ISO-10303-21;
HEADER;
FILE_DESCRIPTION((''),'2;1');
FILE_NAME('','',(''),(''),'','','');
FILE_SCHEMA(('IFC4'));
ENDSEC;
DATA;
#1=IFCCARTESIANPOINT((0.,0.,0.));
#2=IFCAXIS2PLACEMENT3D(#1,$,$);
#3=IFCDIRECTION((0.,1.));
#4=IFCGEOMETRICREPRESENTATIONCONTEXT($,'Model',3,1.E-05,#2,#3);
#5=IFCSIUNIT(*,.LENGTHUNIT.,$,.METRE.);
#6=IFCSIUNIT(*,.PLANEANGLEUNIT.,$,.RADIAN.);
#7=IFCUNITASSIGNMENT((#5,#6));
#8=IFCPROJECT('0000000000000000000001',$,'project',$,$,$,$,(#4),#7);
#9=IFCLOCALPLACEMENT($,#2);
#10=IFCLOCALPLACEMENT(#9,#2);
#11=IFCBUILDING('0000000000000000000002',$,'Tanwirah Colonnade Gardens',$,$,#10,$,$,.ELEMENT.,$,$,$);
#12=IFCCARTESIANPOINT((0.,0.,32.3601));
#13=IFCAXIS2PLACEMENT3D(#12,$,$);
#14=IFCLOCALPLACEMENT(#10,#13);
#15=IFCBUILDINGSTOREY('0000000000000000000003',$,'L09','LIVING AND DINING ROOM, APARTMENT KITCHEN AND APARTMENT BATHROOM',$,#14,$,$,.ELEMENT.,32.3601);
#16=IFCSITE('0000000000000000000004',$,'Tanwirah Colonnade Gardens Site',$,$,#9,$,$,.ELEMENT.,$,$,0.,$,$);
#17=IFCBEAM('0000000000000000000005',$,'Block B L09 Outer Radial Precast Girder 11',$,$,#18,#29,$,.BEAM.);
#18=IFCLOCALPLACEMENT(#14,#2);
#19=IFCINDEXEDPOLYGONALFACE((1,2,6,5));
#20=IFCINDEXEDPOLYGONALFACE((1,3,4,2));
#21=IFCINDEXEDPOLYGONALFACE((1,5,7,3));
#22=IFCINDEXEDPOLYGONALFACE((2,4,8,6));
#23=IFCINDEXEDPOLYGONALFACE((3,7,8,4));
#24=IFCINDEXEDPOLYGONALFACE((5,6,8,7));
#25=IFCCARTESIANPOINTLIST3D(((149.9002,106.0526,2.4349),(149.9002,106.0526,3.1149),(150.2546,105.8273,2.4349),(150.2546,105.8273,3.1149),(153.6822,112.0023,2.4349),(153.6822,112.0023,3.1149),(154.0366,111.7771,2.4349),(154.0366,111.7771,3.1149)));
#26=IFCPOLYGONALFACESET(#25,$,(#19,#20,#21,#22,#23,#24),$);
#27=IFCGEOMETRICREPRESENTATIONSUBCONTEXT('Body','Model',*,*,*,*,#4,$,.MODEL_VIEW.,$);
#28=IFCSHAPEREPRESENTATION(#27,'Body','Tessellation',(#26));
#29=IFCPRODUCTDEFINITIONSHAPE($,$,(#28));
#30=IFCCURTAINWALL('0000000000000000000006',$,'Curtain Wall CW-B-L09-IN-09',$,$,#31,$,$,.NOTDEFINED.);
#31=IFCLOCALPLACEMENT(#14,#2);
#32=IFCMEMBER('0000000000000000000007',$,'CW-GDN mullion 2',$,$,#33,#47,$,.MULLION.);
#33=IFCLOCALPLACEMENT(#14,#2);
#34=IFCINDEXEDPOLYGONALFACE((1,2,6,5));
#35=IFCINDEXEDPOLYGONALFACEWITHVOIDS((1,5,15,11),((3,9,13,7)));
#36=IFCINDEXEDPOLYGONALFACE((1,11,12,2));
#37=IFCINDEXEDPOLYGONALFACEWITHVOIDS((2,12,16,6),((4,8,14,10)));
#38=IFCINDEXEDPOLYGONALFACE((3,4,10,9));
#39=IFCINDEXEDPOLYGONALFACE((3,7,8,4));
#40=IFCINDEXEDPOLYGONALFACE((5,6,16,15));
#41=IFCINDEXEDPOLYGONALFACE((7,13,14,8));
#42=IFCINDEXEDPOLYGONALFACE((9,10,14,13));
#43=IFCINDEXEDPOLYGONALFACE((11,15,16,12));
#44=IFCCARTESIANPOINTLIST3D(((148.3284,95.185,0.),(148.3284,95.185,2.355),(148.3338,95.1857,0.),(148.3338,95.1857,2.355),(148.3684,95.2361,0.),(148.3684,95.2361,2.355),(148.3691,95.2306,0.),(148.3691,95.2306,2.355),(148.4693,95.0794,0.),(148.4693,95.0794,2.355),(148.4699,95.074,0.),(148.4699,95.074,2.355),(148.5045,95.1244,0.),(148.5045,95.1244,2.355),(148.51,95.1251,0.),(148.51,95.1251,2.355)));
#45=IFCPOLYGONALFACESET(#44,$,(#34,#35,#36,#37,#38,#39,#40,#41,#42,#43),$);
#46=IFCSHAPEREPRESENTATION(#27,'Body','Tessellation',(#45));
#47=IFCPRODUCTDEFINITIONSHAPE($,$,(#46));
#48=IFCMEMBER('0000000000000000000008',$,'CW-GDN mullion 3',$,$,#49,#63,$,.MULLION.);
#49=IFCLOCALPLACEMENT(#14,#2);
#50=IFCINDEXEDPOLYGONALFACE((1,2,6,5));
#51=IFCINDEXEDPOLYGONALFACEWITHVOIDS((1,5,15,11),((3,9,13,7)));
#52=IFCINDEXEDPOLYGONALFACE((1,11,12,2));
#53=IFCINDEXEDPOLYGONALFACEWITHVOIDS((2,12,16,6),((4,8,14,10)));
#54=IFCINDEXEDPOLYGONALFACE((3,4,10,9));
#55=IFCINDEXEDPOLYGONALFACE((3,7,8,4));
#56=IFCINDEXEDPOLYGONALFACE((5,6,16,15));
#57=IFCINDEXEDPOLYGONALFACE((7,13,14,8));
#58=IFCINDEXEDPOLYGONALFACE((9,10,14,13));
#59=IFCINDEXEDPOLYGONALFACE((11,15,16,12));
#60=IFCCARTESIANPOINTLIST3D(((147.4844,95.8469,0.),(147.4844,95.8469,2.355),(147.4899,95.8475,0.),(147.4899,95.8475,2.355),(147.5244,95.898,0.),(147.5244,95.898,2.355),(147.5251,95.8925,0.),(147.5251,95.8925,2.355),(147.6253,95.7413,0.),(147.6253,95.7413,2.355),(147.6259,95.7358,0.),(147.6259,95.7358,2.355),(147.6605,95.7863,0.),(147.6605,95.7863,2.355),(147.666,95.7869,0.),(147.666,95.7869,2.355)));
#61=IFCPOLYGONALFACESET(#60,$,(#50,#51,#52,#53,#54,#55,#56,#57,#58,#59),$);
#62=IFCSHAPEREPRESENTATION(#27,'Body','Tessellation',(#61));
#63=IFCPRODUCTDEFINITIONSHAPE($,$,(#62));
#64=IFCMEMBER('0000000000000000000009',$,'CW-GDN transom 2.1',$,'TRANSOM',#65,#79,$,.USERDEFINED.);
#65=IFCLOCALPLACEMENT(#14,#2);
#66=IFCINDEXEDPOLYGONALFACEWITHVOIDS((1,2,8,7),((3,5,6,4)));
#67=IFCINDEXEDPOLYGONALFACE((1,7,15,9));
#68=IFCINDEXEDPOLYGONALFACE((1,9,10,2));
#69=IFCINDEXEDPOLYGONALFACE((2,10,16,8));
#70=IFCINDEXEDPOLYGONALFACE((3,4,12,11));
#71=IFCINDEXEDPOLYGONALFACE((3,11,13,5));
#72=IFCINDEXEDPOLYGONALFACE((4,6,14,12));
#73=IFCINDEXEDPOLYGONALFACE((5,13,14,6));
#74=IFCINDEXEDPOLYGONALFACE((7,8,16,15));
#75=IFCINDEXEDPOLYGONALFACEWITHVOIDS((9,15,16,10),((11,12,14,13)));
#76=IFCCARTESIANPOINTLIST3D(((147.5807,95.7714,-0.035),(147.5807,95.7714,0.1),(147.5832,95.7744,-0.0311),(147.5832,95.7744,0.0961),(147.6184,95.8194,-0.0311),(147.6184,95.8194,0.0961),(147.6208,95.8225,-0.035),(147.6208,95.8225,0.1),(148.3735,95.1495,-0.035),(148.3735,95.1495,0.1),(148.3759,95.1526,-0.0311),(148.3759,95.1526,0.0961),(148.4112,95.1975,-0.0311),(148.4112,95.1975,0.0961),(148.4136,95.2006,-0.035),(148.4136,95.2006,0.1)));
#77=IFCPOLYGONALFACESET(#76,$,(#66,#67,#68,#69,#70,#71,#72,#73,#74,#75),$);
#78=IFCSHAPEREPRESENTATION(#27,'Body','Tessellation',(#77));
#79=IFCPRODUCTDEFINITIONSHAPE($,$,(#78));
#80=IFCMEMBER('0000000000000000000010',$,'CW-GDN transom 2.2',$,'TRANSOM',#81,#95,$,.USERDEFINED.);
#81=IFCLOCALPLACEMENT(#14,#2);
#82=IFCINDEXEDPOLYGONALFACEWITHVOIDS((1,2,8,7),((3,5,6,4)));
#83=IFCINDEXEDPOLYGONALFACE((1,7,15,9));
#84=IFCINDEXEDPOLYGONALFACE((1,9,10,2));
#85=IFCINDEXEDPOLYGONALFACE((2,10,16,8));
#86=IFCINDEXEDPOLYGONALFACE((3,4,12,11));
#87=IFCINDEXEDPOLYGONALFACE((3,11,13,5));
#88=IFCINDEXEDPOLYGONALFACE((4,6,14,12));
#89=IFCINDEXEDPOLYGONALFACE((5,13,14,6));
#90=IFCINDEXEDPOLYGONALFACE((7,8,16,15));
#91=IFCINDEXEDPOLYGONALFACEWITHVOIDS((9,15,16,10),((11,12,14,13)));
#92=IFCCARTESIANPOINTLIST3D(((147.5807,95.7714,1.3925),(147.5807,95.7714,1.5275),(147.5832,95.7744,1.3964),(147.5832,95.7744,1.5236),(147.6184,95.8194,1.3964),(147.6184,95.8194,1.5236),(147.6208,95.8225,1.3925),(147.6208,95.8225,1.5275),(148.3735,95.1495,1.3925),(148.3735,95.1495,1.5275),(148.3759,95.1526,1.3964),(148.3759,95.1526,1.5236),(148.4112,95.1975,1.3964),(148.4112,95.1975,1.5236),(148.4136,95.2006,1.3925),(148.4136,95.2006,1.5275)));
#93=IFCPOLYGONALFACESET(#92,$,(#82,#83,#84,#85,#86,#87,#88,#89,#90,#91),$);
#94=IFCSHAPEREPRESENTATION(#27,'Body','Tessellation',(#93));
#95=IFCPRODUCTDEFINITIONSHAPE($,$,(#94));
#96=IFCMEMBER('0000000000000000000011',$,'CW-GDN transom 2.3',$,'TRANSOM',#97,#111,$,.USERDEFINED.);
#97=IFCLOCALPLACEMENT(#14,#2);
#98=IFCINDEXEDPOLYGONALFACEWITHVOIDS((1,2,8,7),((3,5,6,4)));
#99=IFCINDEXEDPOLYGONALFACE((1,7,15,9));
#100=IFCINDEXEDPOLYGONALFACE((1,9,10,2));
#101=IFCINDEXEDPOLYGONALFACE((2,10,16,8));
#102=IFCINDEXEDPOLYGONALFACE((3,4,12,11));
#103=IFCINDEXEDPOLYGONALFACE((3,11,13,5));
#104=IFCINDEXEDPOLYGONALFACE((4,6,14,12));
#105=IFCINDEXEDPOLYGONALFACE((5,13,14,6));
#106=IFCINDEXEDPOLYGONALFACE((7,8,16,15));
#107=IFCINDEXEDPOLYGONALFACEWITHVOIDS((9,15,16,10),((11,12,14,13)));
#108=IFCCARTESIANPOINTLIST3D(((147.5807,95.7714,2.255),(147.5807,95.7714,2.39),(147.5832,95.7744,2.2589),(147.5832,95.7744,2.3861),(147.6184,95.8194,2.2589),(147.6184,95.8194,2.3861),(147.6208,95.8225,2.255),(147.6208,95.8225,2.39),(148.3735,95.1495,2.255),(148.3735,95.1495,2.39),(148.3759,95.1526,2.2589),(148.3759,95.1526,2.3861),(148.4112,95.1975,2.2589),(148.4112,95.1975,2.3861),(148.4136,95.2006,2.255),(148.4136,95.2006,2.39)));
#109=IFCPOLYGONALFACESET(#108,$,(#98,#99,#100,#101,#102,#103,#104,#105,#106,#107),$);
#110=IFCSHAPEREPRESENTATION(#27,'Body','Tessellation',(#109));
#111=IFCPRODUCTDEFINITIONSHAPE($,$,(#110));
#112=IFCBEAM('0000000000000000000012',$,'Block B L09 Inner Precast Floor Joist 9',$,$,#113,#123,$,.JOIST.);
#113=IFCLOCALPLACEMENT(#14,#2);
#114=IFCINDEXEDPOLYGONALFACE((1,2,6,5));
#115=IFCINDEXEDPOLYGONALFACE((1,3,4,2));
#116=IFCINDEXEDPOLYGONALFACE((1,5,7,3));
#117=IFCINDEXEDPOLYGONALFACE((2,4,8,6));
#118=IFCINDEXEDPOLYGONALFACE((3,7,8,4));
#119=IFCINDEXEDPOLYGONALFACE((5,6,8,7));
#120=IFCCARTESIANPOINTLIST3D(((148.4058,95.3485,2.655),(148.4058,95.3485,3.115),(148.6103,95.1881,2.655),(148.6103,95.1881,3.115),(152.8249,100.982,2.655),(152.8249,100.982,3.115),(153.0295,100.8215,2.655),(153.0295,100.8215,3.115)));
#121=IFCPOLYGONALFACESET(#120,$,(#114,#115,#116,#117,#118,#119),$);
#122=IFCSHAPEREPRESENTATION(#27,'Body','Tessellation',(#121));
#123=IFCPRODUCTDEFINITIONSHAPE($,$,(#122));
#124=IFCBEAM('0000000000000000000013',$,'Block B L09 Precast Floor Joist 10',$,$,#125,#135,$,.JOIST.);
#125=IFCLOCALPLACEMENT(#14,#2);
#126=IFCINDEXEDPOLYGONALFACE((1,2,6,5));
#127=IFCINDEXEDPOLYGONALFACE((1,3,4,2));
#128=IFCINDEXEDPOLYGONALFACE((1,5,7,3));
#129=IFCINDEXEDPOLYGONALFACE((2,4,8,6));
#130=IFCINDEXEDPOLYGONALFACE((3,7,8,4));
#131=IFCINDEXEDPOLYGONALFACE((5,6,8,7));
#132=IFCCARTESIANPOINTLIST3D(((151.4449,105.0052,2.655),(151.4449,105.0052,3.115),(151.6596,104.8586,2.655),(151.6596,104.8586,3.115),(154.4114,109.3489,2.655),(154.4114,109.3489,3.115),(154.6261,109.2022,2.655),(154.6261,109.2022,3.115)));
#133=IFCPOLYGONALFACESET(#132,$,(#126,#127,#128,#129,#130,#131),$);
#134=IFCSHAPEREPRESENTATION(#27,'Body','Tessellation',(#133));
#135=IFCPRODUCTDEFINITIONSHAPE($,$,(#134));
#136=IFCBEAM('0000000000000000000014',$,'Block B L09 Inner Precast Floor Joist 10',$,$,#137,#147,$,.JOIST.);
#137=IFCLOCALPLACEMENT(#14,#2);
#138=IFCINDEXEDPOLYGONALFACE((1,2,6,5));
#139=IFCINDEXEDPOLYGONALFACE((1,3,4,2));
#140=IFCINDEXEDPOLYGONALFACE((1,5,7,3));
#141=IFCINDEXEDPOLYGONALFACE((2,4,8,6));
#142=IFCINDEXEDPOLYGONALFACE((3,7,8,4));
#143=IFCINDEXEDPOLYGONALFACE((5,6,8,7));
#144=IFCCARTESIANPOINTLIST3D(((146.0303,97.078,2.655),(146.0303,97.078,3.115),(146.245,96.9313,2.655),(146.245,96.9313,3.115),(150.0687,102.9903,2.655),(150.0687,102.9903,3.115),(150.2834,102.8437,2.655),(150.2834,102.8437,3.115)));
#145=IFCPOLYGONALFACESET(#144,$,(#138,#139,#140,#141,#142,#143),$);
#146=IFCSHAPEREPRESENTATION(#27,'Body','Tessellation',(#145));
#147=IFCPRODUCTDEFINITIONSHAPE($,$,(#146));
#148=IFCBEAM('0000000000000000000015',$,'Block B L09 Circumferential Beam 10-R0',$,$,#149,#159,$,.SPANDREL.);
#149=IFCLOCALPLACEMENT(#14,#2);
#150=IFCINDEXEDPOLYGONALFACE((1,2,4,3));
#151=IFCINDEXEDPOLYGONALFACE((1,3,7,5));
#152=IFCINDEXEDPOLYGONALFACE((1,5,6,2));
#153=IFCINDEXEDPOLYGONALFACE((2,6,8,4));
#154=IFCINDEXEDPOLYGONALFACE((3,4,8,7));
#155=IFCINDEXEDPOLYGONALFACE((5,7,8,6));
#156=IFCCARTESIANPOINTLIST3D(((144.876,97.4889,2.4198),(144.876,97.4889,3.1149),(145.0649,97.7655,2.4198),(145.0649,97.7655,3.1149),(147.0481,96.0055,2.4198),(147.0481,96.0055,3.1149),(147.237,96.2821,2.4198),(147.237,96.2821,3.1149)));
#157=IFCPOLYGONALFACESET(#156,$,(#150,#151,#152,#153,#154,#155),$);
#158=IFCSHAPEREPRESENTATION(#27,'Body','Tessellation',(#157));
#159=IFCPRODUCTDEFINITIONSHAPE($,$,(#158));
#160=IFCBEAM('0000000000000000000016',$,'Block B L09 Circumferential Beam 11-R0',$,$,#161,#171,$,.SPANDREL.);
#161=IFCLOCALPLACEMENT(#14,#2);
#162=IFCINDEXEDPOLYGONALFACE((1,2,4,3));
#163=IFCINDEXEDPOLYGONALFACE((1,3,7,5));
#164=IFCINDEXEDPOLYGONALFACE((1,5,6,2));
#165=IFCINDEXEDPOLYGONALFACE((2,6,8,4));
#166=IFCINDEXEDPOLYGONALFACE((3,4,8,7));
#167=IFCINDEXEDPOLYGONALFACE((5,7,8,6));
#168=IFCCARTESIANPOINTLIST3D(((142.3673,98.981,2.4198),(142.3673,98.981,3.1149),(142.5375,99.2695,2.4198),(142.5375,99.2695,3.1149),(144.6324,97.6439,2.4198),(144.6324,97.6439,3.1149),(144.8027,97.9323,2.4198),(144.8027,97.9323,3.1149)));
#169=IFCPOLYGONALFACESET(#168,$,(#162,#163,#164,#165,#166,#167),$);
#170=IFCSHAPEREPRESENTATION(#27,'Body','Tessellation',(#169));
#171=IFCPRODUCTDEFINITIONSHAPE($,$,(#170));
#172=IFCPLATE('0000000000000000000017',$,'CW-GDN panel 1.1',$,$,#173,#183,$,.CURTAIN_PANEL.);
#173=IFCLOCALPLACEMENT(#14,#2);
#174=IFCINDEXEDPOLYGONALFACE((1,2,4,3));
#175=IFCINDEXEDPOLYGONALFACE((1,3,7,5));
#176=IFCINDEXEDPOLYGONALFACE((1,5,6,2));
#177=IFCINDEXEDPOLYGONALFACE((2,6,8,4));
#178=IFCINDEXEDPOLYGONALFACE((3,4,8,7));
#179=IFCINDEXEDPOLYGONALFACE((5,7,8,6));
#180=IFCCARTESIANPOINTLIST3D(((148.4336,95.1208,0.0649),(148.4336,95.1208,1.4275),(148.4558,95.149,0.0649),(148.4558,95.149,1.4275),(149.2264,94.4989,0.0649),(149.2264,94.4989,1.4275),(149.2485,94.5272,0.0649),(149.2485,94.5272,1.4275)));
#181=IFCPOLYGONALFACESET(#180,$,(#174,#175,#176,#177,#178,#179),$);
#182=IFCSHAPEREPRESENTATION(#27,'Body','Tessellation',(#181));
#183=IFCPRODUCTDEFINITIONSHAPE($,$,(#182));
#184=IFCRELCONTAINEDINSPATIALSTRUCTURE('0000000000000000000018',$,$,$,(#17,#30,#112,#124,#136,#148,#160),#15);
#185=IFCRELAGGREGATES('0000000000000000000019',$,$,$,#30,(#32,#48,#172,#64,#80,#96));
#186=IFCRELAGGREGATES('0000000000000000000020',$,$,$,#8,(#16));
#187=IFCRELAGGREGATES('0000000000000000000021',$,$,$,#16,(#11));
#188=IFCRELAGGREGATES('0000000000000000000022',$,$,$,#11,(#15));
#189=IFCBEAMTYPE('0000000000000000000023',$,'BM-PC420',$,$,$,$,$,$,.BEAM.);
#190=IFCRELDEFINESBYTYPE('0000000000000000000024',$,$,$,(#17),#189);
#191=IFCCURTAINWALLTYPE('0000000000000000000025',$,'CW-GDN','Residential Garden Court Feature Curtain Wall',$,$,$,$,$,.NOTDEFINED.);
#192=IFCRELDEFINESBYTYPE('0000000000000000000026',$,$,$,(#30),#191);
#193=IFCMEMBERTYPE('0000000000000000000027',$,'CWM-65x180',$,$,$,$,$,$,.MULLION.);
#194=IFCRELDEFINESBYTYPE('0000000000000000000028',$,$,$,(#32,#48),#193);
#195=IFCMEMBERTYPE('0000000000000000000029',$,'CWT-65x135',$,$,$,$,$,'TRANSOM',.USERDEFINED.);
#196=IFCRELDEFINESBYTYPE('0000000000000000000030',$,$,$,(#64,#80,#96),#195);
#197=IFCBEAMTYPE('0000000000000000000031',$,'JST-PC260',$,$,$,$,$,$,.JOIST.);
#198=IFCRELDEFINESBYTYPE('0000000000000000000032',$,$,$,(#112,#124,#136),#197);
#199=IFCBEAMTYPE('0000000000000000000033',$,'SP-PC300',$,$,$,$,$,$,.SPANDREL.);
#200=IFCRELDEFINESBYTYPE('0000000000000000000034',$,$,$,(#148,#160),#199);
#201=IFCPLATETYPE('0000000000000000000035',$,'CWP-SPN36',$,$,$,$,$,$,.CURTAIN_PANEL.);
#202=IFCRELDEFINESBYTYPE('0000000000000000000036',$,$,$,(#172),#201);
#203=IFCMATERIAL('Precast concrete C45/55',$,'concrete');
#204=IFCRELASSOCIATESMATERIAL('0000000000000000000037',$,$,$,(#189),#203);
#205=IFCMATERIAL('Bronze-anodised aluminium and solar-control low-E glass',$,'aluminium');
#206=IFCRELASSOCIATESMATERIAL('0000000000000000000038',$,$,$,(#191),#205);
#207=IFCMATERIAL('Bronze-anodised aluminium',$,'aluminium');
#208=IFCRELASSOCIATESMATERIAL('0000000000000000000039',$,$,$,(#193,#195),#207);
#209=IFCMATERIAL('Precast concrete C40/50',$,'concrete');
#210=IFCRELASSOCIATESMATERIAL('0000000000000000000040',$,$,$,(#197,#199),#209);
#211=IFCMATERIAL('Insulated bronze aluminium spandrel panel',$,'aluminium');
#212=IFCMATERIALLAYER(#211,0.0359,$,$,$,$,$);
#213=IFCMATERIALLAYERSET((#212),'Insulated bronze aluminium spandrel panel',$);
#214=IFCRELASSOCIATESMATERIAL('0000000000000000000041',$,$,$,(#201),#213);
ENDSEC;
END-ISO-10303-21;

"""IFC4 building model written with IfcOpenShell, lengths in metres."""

from ifc_helpers import new_model, si_unit, direction, frame, origin, origin_2d, place, context, subcontext, project, spatial, rectangle, hollow_rectangle, extrude, material, layer, layer_set, material_profile, profile_set, type_object, element, aggregate, save


model = new_model("IFC4")

# Units and contexts
model_context = context("Model", 3, precision=1e-05, world=origin(), true_north=direction((0.0, 1.0)))
body_context = subcontext(model_context, "Body", "Model", "MODEL_VIEW")
ifc_project = project(units=[si_unit("LENGTHUNIT", "METRE"), si_unit("PLANEANGLEUNIT", "RADIAN")], contexts=[model_context])

# Site, building, storey
site_placement = place(None, origin())
site = spatial("IfcSite", under=ifc_project, at=site_placement, Name="Tanwirah Colonnade Gardens Site", CompositionType="ELEMENT", RefElevation=0.0)
building_placement = place(site_placement, origin())
building = spatial("IfcBuilding", under=site, at=building_placement, Name="Tanwirah Colonnade Gardens", CompositionType="ELEMENT")
storey_placement = place(building_placement, frame((0.0, 0.0, 32.3601)))
storey = spatial("IfcBuildingStorey", under=building, at=storey_placement, Name="L09", Description="LIVING AND DINING ROOM, APARTMENT KITCHEN AND APARTMENT BATHROOM", CompositionType="ELEMENT", Elevation=32.3601)

# Shared definitions
ifc_material_1 = material(Name="Precast concrete C40/50", Category="concrete")

# Beam
ifc_material_2 = material(Name="Precast concrete C45/55", Category="concrete")
ifc_material_profile_1 = material_profile(ifc_material_2, rectangle(XDim=0.4199, YDim=0.6799, at=origin_2d()), Name="PC-BM 420x680")
ifc_profile_set_1 = profile_set([ifc_material_profile_1], Name="Precast concrete C45/55")
beam_type_1 = type_object("IfcBeamType", Name="BM-PC420", PredefinedType="BEAM", material=ifc_profile_set_1)
beam_1_placement = place(storey_placement, frame((150.0774, 105.9399, 2.7749), z_axis=(0.536452, 0.843931, 0.0), x_axis=(-0.843931, 0.536452, 0.0)))
element("IfcBeam", 1, at=beam_1_placement, inside=storey, type_object=beam_type_1, Name="Block B L09 Outer Radial Precast Girder 11", PredefinedType="BEAM", context=body_context, shape_type="SweptSolid", body=[
    extrude(rectangle(XDim=0.4199, YDim=0.6799, at=origin_2d()), origin(), (0.0, 0.0, 1.0), 7.05),
])

# Curtain wall, members
ifc_material_3 = material(Name="Bronze-anodised aluminium and solar-control low-E glass", Category="aluminium")
curtain_wall_type = type_object("IfcCurtainWallType", Name="CW-GDN", Description="Residential Garden Court Feature Curtain Wall", PredefinedType="NOTDEFINED", material=ifc_material_3)
curtain_wall_placement = place(storey_placement, origin())
curtain_wall = element("IfcCurtainWall", 2, at=curtain_wall_placement, inside=storey, type_object=curtain_wall_type, Name="Curtain Wall CW-B-L09-IN-09", PredefinedType="NOTDEFINED")
ifc_material_4 = material(Name="Bronze-anodised aluminium", Category="aluminium")
ifc_material_profile_2 = material_profile(ifc_material_4, hollow_rectangle(XDim=0.0649, YDim=0.1799, WallThickness=0.0039, at=origin_2d()), Name="CW-MUL 65x180x4")
ifc_profile_set_2 = profile_set([ifc_material_profile_2], Name="Bronze-anodised aluminium")
member_type_1 = type_object("IfcMemberType", Name="CWM-65x180", PredefinedType="MULLION", material=ifc_profile_set_2)
member_1_placement = place(storey_placement, frame((148.4192, 95.155, 0.0), z_axis=(0.0, 0.0, 1.0), x_axis=(-0.617189, -0.786815, 0.0)))
member_1 = element("IfcMember", 3, at=member_1_placement, type_object=member_type_1, Name="CW-GDN mullion 2", PredefinedType="MULLION", context=body_context, shape_type="SweptSolid", body=[
    extrude(hollow_rectangle(XDim=0.0649, YDim=0.1799, WallThickness=0.0039, at=origin_2d()), origin(), (0.0, 0.0, 1.0), 2.355),
])
member_2_placement = place(storey_placement, frame((147.5752, 95.8169, 0.0), z_axis=(0.0, 0.0, 1.0), x_axis=(-0.617189, -0.786815, 0.0)))
member_2 = element("IfcMember", 4, at=member_2_placement, type_object=member_type_1, Name="CW-GDN mullion 3", PredefinedType="MULLION", context=body_context, shape_type="SweptSolid", body=[
    extrude(hollow_rectangle(XDim=0.0649, YDim=0.1799, WallThickness=0.0039, at=origin_2d()), origin(), (0.0, 0.0, 1.0), 2.355),
])
ifc_material_profile_3 = material_profile(ifc_material_4, hollow_rectangle(XDim=0.0649, YDim=0.135, WallThickness=0.0039, at=origin_2d()), Name="CW-TRN 65x135x4")
ifc_profile_set_3 = profile_set([ifc_material_profile_3], Name="Bronze-anodised aluminium")
member_type_2 = type_object("IfcMemberType", Name="CWT-65x135", ElementType="TRANSOM", PredefinedType="USERDEFINED", material=ifc_profile_set_3)
member_3_placement = place(storey_placement, frame((148.3936, 95.175, 0.0325), z_axis=(-0.786814, 0.61719, 0.0), x_axis=(-0.61719, -0.786814, 0.0)))
member_3 = element("IfcMember", 5, at=member_3_placement, type_object=member_type_2, Name="CW-GDN transom 2.1", ObjectType="TRANSOM", PredefinedType="USERDEFINED", context=body_context, shape_type="SweptSolid", body=[
    extrude(hollow_rectangle(XDim=0.0649, YDim=0.135, WallThickness=0.0039, at=origin_2d()), origin(), (0.0, 0.0, 1.0), 1.0076),
])
member_4_placement = place(storey_placement, frame((148.3936, 95.175, 1.46), z_axis=(-0.786814, 0.61719, 0.0), x_axis=(-0.61719, -0.786814, 0.0)))
member_4 = element("IfcMember", 6, at=member_4_placement, type_object=member_type_2, Name="CW-GDN transom 2.2", ObjectType="TRANSOM", PredefinedType="USERDEFINED", context=body_context, shape_type="SweptSolid", body=[
    extrude(hollow_rectangle(XDim=0.0649, YDim=0.135, WallThickness=0.0039, at=origin_2d()), origin(), (0.0, 0.0, 1.0), 1.0076),
])
member_5_placement = place(storey_placement, frame((148.3936, 95.175, 2.3225), z_axis=(-0.786814, 0.61719, 0.0), x_axis=(-0.61719, -0.786814, 0.0)))
member_5 = element("IfcMember", 7, at=member_5_placement, type_object=member_type_2, Name="CW-GDN transom 2.3", ObjectType="TRANSOM", PredefinedType="USERDEFINED", context=body_context, shape_type="SweptSolid", body=[
    extrude(hollow_rectangle(XDim=0.0649, YDim=0.135, WallThickness=0.0039, at=origin_2d()), origin(), (0.0, 0.0, 1.0), 1.0076),
])

# Beams
ifc_material_profile_4 = material_profile(ifc_material_1, rectangle(XDim=0.26, YDim=0.46, at=origin_2d()), Name="PC-JST 260x460")
ifc_profile_set_4 = profile_set([ifc_material_profile_4], Name="Precast concrete C40/50")
beam_type_2 = type_object("IfcBeamType", Name="JST-PC260", PredefinedType="JOIST", material=ifc_profile_set_4)
beam_2_placement = place(storey_placement, frame((148.5081, 95.2683, 2.885), z_axis=(0.617202, 0.786804, 0.0), x_axis=(-0.786804, 0.617202, 0.0)))
element("IfcBeam", 8, at=beam_2_placement, inside=storey, type_object=beam_type_2, Name="Block B L09 Inner Precast Floor Joist 9", PredefinedType="JOIST", context=body_context, shape_type="SweptSolid", body=[
    extrude(rectangle(XDim=0.26, YDim=0.46, at=origin_2d()), origin(), (0.0, 0.0, 1.0), 7.1599),
])
beam_3_placement = place(storey_placement, frame((151.5522, 104.9319, 2.885), z_axis=(0.563973, 0.825793, 0.0), x_axis=(-0.825793, 0.563973, 0.0)))
element("IfcBeam", 9, at=beam_3_placement, inside=storey, type_object=beam_type_2, Name="Block B L09 Precast Floor Joist 10", PredefinedType="JOIST", context=body_context, shape_type="SweptSolid", body=[
    extrude(rectangle(XDim=0.26, YDim=0.46, at=origin_2d()), origin(), (0.0, 0.0, 1.0), 5.26),
])
beam_4_placement = place(storey_placement, frame((146.1377, 97.0046, 2.885), z_axis=(0.564021, 0.82576, 0.0), x_axis=(-0.82576, 0.564021, 0.0)))
element("IfcBeam", 10, at=beam_4_placement, inside=storey, type_object=beam_type_2, Name="Block B L09 Inner Precast Floor Joist 10", PredefinedType="JOIST", context=body_context, shape_type="SweptSolid", body=[
    extrude(rectangle(XDim=0.26, YDim=0.46, at=origin_2d()), origin(), (0.0, 0.0, 1.0), 7.1599),
])
ifc_material_profile_5 = material_profile(ifc_material_1, rectangle(XDim=0.335, YDim=0.6951, at=origin_2d()), Name="PC-SP 335x695")
ifc_profile_set_5 = profile_set([ifc_material_profile_5], Name="Precast concrete C40/50")
beam_type_3 = type_object("IfcBeamType", Name="SP-PC300", PredefinedType="SPANDREL", material=ifc_profile_set_5)
for number, where, z_axis, x_axis, name in (
    (11, (147.1426, 96.1438, 2.7673), (-0.825801, 0.563962, 0.0), (-0.563962, -0.825801, 0.0), "Block B L09 Circumferential Beam 10-R0"),
    (12, (144.7175, 97.7881, 2.7673), (-0.861148, 0.508354, 0.0), (-0.508354, -0.861148, 0.0), "Block B L09 Circumferential Beam 11-R0"),
):
    element("IfcBeam", number, at=place(storey_placement, frame(where, z_axis=z_axis, x_axis=x_axis)), inside=storey, type_object=beam_type_3, Name=name, PredefinedType="SPANDREL", context=body_context, shape_type="SweptSolid", body=[
        extrude(rectangle(XDim=0.335, YDim=0.6951, at=origin_2d()), origin(), (0.0, 0.0, 1.0), 2.6304),
    ])

# Plate
ifc_material_5 = material(Name="Insulated bronze aluminium spandrel panel", Category="aluminium")
ifc_layer_1 = layer(ifc_material_5, 0.0359)
ifc_layer_set_1 = layer_set([ifc_layer_1], Name="Insulated bronze aluminium spandrel panel")
plate_type = type_object("IfcPlateType", Name="CWP-SPN36", PredefinedType="CURTAIN_PANEL", material=ifc_layer_set_1)
plate_1_placement = place(storey_placement, frame((148.8411, 94.824, 0.0649), z_axis=(0.0, 0.0, 1.0), x_axis=(-0.786815, 0.617189, 0.0)))
plate_1 = element("IfcPlate", 13, at=plate_1_placement, type_object=plate_type, Name="CW-GDN panel 1.1", PredefinedType="CURTAIN_PANEL", context=body_context, shape_type="SweptSolid", body=[
    extrude(rectangle(XDim=1.0076, YDim=0.0359, at=origin_2d()), origin(), (0.0, 0.0, 1.0), 1.3625),
])
aggregate(curtain_wall, [member_1, member_2, plate_1, member_3, member_4, member_5])

save(model, "model.ifc")
